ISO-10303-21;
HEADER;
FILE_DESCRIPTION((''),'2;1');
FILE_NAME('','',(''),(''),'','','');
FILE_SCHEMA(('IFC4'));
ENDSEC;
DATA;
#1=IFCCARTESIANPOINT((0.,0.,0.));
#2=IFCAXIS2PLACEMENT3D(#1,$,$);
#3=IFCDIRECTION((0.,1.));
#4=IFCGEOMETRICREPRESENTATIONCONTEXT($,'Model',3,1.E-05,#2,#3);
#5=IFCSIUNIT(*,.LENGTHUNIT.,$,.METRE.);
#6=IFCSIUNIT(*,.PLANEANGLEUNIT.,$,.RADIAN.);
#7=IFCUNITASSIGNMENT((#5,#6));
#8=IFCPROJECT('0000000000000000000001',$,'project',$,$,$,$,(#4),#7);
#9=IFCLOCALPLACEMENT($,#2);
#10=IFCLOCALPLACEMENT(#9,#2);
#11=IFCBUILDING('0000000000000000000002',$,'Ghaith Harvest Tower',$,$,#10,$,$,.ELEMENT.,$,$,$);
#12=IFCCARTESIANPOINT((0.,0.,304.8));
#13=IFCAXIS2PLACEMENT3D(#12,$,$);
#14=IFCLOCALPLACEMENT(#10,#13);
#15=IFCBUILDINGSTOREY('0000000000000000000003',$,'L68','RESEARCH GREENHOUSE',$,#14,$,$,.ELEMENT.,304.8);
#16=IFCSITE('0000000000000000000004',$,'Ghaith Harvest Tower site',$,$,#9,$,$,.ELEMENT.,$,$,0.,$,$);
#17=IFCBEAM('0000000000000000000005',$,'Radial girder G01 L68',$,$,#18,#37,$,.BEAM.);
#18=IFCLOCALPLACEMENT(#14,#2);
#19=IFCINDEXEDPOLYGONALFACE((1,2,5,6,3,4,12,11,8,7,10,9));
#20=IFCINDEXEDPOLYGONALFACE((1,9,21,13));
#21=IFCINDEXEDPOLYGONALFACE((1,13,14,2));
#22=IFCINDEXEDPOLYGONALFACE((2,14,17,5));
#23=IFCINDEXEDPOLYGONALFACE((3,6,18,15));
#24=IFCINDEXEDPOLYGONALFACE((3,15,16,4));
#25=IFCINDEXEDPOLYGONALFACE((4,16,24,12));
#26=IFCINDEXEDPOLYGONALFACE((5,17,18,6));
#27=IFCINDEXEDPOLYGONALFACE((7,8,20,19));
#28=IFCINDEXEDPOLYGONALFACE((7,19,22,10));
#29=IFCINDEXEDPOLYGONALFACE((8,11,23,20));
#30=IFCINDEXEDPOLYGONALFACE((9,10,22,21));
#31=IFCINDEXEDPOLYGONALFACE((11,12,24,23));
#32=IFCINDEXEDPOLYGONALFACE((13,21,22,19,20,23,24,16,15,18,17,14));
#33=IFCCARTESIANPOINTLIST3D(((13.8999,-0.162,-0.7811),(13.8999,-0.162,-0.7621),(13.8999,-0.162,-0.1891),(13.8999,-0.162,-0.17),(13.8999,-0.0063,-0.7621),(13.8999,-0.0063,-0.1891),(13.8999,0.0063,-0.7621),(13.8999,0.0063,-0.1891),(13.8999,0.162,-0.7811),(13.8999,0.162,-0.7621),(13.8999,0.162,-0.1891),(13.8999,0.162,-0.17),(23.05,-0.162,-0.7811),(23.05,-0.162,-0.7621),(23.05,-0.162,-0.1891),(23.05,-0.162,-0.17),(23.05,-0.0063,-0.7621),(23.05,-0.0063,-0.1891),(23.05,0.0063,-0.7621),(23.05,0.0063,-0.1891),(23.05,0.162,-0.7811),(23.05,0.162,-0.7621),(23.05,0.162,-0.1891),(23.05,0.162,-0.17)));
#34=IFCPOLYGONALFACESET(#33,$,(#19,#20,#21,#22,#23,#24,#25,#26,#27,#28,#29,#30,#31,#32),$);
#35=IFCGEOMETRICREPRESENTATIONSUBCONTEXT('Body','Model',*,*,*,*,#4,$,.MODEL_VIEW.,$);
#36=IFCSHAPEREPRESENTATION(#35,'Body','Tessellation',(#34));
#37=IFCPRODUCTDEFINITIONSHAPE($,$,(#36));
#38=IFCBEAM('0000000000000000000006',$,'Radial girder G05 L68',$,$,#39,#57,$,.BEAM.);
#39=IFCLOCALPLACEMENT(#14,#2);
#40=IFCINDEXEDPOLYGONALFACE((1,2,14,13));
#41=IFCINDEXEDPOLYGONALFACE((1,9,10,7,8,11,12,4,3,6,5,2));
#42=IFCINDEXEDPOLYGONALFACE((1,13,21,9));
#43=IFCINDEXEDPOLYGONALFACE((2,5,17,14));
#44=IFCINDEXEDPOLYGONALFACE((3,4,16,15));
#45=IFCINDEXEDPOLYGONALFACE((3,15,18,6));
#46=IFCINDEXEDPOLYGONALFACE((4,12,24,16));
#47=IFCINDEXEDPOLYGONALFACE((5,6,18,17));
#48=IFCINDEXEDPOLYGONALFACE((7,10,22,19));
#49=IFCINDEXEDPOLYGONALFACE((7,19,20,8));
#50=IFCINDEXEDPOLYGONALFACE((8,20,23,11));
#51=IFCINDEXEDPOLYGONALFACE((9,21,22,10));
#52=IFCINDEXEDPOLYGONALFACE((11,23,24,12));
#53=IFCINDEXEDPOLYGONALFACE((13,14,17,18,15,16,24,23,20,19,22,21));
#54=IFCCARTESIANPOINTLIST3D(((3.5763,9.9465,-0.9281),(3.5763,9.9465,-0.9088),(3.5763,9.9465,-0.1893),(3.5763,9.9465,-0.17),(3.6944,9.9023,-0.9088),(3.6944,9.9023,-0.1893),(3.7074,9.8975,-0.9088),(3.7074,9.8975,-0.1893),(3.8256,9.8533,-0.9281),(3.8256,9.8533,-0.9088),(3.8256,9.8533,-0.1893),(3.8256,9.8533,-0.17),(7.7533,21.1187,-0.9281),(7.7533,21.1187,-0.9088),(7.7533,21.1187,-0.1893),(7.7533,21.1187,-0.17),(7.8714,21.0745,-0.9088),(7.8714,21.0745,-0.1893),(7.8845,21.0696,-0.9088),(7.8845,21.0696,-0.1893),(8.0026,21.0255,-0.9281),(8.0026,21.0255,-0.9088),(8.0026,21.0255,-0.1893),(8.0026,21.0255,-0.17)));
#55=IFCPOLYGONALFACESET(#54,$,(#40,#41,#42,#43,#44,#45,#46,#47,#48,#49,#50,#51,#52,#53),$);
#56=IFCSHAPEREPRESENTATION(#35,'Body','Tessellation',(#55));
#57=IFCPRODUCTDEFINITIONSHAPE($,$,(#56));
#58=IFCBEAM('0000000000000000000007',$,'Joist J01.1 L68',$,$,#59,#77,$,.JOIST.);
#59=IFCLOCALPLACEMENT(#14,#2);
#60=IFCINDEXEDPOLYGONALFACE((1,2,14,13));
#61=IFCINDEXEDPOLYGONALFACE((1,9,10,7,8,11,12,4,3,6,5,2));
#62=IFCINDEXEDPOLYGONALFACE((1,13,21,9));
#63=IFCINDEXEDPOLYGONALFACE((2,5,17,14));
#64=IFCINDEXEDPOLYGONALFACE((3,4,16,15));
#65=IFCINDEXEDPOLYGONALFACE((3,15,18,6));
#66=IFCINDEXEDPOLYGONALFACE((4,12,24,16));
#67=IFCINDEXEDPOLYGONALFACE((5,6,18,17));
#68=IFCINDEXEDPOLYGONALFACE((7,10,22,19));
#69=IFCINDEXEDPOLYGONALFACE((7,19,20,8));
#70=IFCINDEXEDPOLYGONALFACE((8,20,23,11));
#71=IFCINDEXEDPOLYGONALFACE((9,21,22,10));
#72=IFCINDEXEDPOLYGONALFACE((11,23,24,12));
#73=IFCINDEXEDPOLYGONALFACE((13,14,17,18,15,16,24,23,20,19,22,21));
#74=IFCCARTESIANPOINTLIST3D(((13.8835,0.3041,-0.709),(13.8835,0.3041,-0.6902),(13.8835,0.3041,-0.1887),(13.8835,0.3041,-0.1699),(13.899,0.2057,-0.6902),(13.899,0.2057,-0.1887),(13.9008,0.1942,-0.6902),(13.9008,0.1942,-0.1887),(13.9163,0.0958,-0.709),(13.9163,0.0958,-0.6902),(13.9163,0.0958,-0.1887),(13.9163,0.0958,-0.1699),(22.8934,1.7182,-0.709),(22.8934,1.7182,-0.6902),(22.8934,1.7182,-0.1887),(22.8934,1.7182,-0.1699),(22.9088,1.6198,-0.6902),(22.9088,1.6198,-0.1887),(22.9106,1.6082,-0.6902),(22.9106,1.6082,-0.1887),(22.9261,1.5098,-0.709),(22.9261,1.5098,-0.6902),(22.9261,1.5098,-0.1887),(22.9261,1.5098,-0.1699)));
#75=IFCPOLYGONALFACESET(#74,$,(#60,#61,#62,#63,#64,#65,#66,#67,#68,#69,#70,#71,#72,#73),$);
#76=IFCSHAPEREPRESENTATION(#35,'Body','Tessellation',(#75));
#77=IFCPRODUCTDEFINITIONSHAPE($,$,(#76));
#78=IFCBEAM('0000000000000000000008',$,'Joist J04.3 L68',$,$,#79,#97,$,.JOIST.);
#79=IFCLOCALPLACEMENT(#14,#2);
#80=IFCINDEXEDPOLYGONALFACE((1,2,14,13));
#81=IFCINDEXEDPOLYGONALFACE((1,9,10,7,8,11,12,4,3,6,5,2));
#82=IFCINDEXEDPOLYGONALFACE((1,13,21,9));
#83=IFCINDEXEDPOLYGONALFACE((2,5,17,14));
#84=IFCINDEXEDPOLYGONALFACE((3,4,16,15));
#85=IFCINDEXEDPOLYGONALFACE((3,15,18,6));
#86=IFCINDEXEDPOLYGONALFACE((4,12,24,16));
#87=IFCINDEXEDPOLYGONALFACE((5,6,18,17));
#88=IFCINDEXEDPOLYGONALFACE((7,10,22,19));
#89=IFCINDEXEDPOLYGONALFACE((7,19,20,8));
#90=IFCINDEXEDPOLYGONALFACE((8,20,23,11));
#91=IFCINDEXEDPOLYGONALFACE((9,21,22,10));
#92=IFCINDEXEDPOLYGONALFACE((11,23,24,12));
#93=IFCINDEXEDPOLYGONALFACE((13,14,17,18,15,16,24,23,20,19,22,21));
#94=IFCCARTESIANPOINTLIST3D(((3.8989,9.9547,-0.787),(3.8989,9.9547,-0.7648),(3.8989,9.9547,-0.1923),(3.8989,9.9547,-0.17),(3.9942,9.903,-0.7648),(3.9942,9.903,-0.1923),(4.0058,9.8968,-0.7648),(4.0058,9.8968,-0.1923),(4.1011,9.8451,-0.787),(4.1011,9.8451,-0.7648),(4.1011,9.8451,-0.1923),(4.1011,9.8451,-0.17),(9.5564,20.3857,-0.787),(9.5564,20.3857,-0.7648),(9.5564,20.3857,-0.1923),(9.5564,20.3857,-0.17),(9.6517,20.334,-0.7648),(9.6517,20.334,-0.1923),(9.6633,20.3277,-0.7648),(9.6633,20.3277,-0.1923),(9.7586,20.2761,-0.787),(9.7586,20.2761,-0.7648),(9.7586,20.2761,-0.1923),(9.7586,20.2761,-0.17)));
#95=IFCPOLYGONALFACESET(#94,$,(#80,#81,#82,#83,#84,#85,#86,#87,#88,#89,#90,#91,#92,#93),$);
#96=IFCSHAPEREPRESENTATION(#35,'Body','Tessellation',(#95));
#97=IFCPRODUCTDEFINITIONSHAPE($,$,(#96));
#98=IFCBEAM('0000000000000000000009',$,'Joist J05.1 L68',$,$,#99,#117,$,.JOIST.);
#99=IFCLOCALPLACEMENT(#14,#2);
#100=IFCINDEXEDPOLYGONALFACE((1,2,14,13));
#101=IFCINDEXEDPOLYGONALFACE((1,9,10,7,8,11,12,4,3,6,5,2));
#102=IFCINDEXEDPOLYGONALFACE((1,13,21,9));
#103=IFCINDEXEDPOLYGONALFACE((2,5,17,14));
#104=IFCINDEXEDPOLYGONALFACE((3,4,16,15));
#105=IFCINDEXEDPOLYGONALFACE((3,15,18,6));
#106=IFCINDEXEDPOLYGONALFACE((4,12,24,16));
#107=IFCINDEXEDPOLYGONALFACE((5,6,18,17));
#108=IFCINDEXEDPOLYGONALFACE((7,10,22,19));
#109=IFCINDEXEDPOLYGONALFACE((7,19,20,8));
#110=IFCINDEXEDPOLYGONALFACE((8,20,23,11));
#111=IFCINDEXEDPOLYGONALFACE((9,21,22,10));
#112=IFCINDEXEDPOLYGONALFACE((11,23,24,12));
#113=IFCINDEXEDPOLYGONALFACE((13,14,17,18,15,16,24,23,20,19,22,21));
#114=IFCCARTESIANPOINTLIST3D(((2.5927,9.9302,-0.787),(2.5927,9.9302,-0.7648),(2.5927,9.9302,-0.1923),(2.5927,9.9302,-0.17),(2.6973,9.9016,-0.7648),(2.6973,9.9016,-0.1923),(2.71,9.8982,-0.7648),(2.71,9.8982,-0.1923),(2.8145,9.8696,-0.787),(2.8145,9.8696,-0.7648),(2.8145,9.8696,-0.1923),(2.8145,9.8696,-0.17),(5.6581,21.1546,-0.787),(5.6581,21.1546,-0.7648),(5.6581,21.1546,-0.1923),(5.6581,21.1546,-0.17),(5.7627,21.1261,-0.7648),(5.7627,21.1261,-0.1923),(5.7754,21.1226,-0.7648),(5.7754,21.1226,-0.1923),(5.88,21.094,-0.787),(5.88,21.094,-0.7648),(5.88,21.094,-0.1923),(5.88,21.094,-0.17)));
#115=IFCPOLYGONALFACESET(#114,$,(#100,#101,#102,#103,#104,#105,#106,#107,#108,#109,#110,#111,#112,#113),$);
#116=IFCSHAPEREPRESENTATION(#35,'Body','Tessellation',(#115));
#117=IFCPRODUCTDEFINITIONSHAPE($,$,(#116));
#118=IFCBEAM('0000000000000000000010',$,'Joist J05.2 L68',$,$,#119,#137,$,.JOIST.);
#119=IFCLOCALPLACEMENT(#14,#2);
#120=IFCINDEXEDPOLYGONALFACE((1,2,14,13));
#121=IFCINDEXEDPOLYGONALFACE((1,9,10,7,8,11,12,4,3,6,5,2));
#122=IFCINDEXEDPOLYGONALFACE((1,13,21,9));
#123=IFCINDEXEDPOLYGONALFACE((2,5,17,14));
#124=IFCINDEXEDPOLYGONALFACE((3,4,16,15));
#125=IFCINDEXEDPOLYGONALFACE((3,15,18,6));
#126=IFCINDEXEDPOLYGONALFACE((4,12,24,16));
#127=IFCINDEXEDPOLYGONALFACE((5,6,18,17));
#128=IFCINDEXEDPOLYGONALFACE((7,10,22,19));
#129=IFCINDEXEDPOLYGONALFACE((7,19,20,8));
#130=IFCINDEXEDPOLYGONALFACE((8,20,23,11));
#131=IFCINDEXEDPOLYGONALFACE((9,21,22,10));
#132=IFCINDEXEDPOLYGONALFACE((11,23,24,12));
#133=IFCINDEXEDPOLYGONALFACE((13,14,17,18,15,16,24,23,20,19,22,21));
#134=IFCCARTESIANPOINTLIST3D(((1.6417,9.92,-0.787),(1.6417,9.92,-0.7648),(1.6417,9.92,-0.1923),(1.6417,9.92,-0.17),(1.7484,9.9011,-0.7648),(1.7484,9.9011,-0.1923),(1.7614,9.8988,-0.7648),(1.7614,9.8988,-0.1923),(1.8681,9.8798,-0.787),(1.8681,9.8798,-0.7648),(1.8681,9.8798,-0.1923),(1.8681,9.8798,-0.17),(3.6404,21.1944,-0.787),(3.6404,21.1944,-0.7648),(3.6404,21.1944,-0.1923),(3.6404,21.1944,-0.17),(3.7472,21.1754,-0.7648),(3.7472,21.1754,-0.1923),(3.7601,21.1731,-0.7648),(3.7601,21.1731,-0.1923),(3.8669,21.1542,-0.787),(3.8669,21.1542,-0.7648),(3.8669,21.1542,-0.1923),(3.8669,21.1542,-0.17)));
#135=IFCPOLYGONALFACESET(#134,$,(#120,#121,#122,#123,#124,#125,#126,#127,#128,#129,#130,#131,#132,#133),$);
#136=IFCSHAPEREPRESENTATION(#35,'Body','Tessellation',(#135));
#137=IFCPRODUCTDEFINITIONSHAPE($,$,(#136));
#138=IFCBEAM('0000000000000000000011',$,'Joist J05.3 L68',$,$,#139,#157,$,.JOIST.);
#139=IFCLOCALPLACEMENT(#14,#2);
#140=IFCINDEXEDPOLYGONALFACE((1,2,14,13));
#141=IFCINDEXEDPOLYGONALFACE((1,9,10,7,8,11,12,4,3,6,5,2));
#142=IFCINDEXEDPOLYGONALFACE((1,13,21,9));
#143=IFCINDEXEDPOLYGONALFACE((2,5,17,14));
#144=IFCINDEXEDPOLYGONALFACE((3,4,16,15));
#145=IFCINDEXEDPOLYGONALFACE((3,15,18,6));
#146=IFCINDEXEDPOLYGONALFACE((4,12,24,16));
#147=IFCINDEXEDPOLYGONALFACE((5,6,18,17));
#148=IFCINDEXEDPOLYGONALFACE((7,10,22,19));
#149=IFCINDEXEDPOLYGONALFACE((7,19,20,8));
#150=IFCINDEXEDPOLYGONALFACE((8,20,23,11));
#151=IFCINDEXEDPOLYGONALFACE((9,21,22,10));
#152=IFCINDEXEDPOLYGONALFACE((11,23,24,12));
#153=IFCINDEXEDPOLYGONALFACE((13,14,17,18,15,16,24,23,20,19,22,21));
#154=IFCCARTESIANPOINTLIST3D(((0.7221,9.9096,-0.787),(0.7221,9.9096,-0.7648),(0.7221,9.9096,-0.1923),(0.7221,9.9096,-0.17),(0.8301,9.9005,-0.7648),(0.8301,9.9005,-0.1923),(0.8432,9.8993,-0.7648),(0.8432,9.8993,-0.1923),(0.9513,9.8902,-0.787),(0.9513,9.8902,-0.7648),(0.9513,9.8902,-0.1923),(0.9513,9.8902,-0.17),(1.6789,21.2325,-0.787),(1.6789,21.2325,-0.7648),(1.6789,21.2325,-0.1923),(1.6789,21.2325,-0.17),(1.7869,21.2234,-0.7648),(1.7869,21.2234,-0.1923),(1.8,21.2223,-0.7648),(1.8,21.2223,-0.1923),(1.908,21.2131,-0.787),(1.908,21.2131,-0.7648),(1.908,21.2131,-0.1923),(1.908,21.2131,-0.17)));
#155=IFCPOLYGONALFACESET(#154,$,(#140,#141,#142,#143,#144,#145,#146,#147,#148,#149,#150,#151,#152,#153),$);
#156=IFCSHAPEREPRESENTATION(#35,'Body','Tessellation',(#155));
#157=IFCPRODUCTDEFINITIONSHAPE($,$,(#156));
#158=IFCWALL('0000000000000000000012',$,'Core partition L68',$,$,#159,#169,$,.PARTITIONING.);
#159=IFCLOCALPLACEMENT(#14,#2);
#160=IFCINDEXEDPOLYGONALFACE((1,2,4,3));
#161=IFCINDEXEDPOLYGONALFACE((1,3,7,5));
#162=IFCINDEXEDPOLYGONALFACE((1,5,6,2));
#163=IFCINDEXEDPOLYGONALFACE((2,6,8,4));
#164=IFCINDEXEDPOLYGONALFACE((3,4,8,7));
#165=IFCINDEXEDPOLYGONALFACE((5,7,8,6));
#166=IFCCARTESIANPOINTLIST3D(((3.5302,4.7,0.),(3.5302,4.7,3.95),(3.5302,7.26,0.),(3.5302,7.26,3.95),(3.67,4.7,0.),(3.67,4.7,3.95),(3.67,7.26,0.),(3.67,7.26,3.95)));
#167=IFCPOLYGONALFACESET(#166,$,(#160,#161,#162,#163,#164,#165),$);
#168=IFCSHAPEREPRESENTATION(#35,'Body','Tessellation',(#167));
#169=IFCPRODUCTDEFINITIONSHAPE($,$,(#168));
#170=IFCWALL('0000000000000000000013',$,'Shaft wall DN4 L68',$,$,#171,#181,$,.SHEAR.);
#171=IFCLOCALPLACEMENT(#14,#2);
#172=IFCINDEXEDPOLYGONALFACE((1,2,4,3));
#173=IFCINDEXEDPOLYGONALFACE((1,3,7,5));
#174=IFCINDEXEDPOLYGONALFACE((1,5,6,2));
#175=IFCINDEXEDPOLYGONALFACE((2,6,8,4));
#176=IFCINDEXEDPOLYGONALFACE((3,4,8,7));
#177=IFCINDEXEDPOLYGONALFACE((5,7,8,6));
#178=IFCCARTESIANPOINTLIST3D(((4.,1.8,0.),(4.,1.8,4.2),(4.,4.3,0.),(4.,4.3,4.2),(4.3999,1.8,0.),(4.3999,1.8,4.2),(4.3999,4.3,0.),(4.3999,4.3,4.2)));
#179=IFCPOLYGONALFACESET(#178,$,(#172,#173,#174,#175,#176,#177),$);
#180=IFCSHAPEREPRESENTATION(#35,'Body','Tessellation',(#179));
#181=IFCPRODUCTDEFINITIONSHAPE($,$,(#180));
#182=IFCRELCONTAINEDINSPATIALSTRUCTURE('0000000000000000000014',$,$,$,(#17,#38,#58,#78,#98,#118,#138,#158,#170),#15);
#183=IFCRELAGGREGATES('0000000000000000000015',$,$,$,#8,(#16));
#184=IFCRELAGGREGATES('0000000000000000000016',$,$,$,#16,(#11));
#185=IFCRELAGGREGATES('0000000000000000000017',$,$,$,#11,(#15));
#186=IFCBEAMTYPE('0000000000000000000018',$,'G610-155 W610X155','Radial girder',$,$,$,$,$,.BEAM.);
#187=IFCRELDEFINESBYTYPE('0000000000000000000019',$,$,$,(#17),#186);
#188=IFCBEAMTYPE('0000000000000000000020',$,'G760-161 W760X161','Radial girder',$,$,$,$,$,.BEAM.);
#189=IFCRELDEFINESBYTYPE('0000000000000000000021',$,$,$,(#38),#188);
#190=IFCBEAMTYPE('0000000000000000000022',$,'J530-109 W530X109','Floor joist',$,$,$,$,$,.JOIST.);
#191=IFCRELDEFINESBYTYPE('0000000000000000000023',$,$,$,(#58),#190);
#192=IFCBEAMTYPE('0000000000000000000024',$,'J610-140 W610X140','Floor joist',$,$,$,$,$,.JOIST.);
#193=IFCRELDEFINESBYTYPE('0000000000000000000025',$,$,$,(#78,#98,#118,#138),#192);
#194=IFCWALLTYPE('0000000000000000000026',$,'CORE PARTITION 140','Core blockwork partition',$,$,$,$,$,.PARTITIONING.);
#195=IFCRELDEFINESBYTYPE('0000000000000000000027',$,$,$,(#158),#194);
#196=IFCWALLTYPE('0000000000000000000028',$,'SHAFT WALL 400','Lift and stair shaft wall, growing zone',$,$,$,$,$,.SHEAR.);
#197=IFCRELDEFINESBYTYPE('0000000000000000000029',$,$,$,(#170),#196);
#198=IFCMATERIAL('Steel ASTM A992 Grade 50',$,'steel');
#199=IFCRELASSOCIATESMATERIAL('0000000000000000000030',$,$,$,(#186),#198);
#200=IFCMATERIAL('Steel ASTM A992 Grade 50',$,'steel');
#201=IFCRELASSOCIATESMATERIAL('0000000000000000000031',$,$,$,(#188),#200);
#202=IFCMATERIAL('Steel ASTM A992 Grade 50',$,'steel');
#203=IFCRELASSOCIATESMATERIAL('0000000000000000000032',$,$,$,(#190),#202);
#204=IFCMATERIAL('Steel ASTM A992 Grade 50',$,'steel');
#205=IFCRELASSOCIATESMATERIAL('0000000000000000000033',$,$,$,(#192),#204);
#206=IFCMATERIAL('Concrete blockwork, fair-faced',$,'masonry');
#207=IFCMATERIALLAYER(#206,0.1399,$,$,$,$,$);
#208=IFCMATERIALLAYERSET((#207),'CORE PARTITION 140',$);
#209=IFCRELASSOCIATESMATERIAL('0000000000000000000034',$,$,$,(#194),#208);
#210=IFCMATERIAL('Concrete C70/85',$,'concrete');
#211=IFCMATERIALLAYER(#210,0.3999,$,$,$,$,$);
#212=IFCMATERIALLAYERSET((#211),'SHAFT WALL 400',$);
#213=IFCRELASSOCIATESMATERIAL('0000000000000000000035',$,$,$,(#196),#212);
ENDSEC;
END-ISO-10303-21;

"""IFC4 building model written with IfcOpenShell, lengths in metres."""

from ifc_helpers import new_model, si_unit, direction, frame, frame_2d, origin, origin_2d, place, context, subcontext, project, spatial, rectangle, i_section, extrude, material, layer, layer_set, material_profile, profile_set, type_object, element, save


model = new_model("IFC4")

# Units and contexts
model_context = context("Model", 3, precision=1e-05, world=origin(), true_north=direction((0.0, 1.0)))
body_context = subcontext(model_context, "Body", "Model", "MODEL_VIEW")
ifc_project = project(units=[si_unit("LENGTHUNIT", "METRE"), si_unit("PLANEANGLEUNIT", "RADIAN")], contexts=[model_context])

# Site, building, storey
site_placement = place(None, origin())
site = spatial("IfcSite", under=ifc_project, at=site_placement, Name="Ghaith Harvest Tower site", CompositionType="ELEMENT", RefElevation=0.0)
building_placement = place(site_placement, origin())
building = spatial("IfcBuilding", under=site, at=building_placement, Name="Ghaith Harvest Tower", CompositionType="ELEMENT")
storey_placement = place(building_placement, frame((0.0, 0.0, 304.8)))
storey = spatial("IfcBuildingStorey", under=building, at=storey_placement, Name="L68", Description="RESEARCH GREENHOUSE", CompositionType="ELEMENT", Elevation=304.8)

# Beams
ifc_material_1 = material(Name="Steel ASTM A992 Grade 50", Category="steel")
ifc_material_profile_1 = material_profile(ifc_material_1, i_section(OverallWidth=0.324, OverallDepth=0.6111, WebThickness=0.0127, FlangeThickness=0.019, at=origin_2d()), Name="W610X155")
ifc_profile_set_1 = profile_set([ifc_material_profile_1], Name="Steel ASTM A992 Grade 50")
beam_type_1 = type_object("IfcBeamType", Name="G610-155 W610X155", Description="Radial girder", PredefinedType="BEAM", material=ifc_profile_set_1)
beam_1_placement = place(storey_placement, frame((13.8999, 0.0, -0.4756), z_axis=(1.0, 0.0, 0.0), x_axis=(0.0, 1.0, 0.0)))
element("IfcBeam", 1, at=beam_1_placement, inside=storey, type_object=beam_type_1, Name="Radial girder G01 L68", PredefinedType="BEAM", context=body_context, shape_type="SweptSolid", body=[
    extrude(i_section(OverallWidth=0.324, OverallDepth=0.6111, WebThickness=0.0127, FlangeThickness=0.019, at=origin_2d()), origin(), (0.0, 0.0, 1.0), 9.1501),
])
ifc_material_2 = material(Name="Steel ASTM A992 Grade 50", Category="steel")
ifc_material_profile_2 = material_profile(ifc_material_2, i_section(OverallWidth=0.2661, OverallDepth=0.7581, WebThickness=0.0139, FlangeThickness=0.0193, at=origin_2d()), Name="W760X161")
ifc_profile_set_2 = profile_set([ifc_material_profile_2], Name="Steel ASTM A992 Grade 50")
beam_type_2 = type_object("IfcBeamType", Name="G760-161 W760X161", Description="Radial girder", PredefinedType="BEAM", material=ifc_profile_set_2)
beam_2_placement = place(storey_placement, frame((3.7009, 9.8999, -0.5491), z_axis=(0.350201, 0.936674, 0.0), x_axis=(-0.936674, 0.350201, 0.0)))
element("IfcBeam", 2, at=beam_2_placement, inside=storey, type_object=beam_type_2, Name="Radial girder G05 L68", PredefinedType="BEAM", context=body_context, shape_type="SweptSolid", body=[
    extrude(i_section(OverallWidth=0.2661, OverallDepth=0.7581, WebThickness=0.0139, FlangeThickness=0.0193, at=origin_2d()), origin(), (0.0, 0.0, 1.0), 11.9275),
])
ifc_material_3 = material(Name="Steel ASTM A992 Grade 50", Category="steel")
ifc_material_profile_3 = material_profile(ifc_material_3, i_section(OverallWidth=0.2109, OverallDepth=0.5391, WebThickness=0.0117, FlangeThickness=0.0188, at=origin_2d()), Name="W530X109")
ifc_profile_set_3 = profile_set([ifc_material_profile_3], Name="Steel ASTM A992 Grade 50")
beam_type_3 = type_object("IfcBeamType", Name="J530-109 W530X109", Description="Floor joist", PredefinedType="JOIST", material=ifc_profile_set_3)
beam_3_placement = place(storey_placement, frame((13.8999, 0.2, -0.4395), z_axis=(0.987907, 0.15505, 0.0), x_axis=(-0.15505, 0.987907, 0.0)))
element("IfcBeam", 3, at=beam_3_placement, inside=storey, type_object=beam_type_3, Name="Joist J01.1 L68", PredefinedType="JOIST", context=body_context, shape_type="SweptSolid", body=[
    extrude(i_section(OverallWidth=0.2109, OverallDepth=0.5391, WebThickness=0.0117, FlangeThickness=0.0188, at=origin_2d()), origin(), (0.0, 0.0, 1.0), 9.1201),
])
ifc_material_4 = material(Name="Steel ASTM A992 Grade 50", Category="steel")
ifc_material_profile_4 = material_profile(ifc_material_4, i_section(OverallWidth=0.23, OverallDepth=0.6169, WebThickness=0.0132, FlangeThickness=0.0222, at=origin_2d()), Name="W610X140")
ifc_profile_set_4 = profile_set([ifc_material_profile_4], Name="Steel ASTM A992 Grade 50")
beam_type_4 = type_object("IfcBeamType", Name="J610-140 W610X140", Description="Floor joist", PredefinedType="JOIST", material=ifc_profile_set_4)
beam_4_placement = place(storey_placement, frame((4.0, 9.8999, -0.4785), z_axis=(0.476765, 0.879031, 0.0), x_axis=(-0.879031, 0.476765, 0.0)))
element("IfcBeam", 4, at=beam_4_placement, inside=storey, type_object=beam_type_4, Name="Joist J04.3 L68", PredefinedType="JOIST", context=body_context, shape_type="SweptSolid", body=[
    extrude(i_section(OverallWidth=0.23, OverallDepth=0.6169, WebThickness=0.0132, FlangeThickness=0.0222, at=origin_2d()), origin(), (0.0, 0.0, 1.0), 11.8665),
])
beam_5_placement = place(storey_placement, frame((2.7036, 9.8999, -0.4785), z_axis=(0.263456, 0.964671, 0.0), x_axis=(-0.964671, 0.263456, 0.0)))
element("IfcBeam", 5, at=beam_5_placement, inside=storey, type_object=beam_type_4, Name="Joist J05.1 L68", PredefinedType="JOIST", context=body_context, shape_type="SweptSolid", body=[
    extrude(i_section(OverallWidth=0.23, OverallDepth=0.6169, WebThickness=0.0132, FlangeThickness=0.0222, at=origin_2d()), origin(), (0.0, 0.0, 1.0), 11.6355),
])
beam_6_placement = place(storey_placement, frame((1.7549, 9.8999, -0.4785), z_axis=(0.174563, 0.984646, 0.0), x_axis=(-0.984646, 0.174563, 0.0)))
element("IfcBeam", 6, at=beam_6_placement, inside=storey, type_object=beam_type_4, Name="Joist J05.2 L68", PredefinedType="JOIST", context=body_context, shape_type="SweptSolid", body=[
    extrude(i_section(OverallWidth=0.23, OverallDepth=0.6169, WebThickness=0.0132, FlangeThickness=0.0222, at=origin_2d()), origin(), (0.0, 0.0, 1.0), 11.4502),
])
beam_7_placement = place(storey_placement, frame((0.8367, 9.8999, -0.4785), z_axis=(0.084199, 0.996449, 0.0), x_axis=(-0.996449, 0.084199, 0.0)))
element("IfcBeam", 7, at=beam_7_placement, inside=storey, type_object=beam_type_4, Name="Joist J05.3 L68", PredefinedType="JOIST", context=body_context, shape_type="SweptSolid", body=[
    extrude(i_section(OverallWidth=0.23, OverallDepth=0.6169, WebThickness=0.0132, FlangeThickness=0.0222, at=origin_2d()), origin(), (0.0, 0.0, 1.0), 11.3633),
])

# Wall
ifc_material_5 = material(Name="Concrete blockwork, fair-faced", Category="masonry")
ifc_layer_1 = layer(ifc_material_5, 0.1399)
ifc_layer_set_1 = layer_set([ifc_layer_1], Name="CORE PARTITION 140")
wall_type_1 = type_object("IfcWallType", Name="CORE PARTITION 140", Description="Core blockwork partition", PredefinedType="PARTITIONING", material=ifc_layer_set_1)
wall_1_placement = place(storey_placement, frame((3.6001, 4.7, 0.0), z_axis=(0.0, 0.0, 1.0), x_axis=(0.0, 1.0, 0.0)))
element("IfcWall", 8, at=wall_1_placement, inside=storey, type_object=wall_type_1, Name="Core partition L68", PredefinedType="PARTITIONING", context=body_context, shape_type="SweptSolid", body=[
    extrude(rectangle(XDim=2.5601, YDim=0.1399, at=frame_2d((1.28, 0.0))), origin(), (0.0, 0.0, 1.0), 3.95),
])

# Shared definitions
ifc_material_6 = material(Name="Concrete C70/85", Category="concrete")
ifc_layer_2 = layer(ifc_material_6, 0.3999)
ifc_layer_set_2 = layer_set([ifc_layer_2], Name="SHAFT WALL 400")
wall_type_2 = type_object("IfcWallType", Name="SHAFT WALL 400", Description="Lift and stair shaft wall, growing zone", PredefinedType="SHEAR", material=ifc_layer_set_2)

# Wall
wall_2_placement = place(storey_placement, frame((4.2, 1.8, 0.0), z_axis=(0.0, 0.0, 1.0), x_axis=(0.0, 1.0, 0.0)))
element("IfcWall", 9, at=wall_2_placement, inside=storey, type_object=wall_type_2, Name="Shaft wall DN4 L68", PredefinedType="SHEAR", context=body_context, shape_type="SweptSolid", body=[
    extrude(rectangle(XDim=2.5, YDim=0.3999, at=frame_2d((1.25, 0.0))), origin(), (0.0, 0.0, 1.0), 4.2),
])

save(model, "model.ifc")
